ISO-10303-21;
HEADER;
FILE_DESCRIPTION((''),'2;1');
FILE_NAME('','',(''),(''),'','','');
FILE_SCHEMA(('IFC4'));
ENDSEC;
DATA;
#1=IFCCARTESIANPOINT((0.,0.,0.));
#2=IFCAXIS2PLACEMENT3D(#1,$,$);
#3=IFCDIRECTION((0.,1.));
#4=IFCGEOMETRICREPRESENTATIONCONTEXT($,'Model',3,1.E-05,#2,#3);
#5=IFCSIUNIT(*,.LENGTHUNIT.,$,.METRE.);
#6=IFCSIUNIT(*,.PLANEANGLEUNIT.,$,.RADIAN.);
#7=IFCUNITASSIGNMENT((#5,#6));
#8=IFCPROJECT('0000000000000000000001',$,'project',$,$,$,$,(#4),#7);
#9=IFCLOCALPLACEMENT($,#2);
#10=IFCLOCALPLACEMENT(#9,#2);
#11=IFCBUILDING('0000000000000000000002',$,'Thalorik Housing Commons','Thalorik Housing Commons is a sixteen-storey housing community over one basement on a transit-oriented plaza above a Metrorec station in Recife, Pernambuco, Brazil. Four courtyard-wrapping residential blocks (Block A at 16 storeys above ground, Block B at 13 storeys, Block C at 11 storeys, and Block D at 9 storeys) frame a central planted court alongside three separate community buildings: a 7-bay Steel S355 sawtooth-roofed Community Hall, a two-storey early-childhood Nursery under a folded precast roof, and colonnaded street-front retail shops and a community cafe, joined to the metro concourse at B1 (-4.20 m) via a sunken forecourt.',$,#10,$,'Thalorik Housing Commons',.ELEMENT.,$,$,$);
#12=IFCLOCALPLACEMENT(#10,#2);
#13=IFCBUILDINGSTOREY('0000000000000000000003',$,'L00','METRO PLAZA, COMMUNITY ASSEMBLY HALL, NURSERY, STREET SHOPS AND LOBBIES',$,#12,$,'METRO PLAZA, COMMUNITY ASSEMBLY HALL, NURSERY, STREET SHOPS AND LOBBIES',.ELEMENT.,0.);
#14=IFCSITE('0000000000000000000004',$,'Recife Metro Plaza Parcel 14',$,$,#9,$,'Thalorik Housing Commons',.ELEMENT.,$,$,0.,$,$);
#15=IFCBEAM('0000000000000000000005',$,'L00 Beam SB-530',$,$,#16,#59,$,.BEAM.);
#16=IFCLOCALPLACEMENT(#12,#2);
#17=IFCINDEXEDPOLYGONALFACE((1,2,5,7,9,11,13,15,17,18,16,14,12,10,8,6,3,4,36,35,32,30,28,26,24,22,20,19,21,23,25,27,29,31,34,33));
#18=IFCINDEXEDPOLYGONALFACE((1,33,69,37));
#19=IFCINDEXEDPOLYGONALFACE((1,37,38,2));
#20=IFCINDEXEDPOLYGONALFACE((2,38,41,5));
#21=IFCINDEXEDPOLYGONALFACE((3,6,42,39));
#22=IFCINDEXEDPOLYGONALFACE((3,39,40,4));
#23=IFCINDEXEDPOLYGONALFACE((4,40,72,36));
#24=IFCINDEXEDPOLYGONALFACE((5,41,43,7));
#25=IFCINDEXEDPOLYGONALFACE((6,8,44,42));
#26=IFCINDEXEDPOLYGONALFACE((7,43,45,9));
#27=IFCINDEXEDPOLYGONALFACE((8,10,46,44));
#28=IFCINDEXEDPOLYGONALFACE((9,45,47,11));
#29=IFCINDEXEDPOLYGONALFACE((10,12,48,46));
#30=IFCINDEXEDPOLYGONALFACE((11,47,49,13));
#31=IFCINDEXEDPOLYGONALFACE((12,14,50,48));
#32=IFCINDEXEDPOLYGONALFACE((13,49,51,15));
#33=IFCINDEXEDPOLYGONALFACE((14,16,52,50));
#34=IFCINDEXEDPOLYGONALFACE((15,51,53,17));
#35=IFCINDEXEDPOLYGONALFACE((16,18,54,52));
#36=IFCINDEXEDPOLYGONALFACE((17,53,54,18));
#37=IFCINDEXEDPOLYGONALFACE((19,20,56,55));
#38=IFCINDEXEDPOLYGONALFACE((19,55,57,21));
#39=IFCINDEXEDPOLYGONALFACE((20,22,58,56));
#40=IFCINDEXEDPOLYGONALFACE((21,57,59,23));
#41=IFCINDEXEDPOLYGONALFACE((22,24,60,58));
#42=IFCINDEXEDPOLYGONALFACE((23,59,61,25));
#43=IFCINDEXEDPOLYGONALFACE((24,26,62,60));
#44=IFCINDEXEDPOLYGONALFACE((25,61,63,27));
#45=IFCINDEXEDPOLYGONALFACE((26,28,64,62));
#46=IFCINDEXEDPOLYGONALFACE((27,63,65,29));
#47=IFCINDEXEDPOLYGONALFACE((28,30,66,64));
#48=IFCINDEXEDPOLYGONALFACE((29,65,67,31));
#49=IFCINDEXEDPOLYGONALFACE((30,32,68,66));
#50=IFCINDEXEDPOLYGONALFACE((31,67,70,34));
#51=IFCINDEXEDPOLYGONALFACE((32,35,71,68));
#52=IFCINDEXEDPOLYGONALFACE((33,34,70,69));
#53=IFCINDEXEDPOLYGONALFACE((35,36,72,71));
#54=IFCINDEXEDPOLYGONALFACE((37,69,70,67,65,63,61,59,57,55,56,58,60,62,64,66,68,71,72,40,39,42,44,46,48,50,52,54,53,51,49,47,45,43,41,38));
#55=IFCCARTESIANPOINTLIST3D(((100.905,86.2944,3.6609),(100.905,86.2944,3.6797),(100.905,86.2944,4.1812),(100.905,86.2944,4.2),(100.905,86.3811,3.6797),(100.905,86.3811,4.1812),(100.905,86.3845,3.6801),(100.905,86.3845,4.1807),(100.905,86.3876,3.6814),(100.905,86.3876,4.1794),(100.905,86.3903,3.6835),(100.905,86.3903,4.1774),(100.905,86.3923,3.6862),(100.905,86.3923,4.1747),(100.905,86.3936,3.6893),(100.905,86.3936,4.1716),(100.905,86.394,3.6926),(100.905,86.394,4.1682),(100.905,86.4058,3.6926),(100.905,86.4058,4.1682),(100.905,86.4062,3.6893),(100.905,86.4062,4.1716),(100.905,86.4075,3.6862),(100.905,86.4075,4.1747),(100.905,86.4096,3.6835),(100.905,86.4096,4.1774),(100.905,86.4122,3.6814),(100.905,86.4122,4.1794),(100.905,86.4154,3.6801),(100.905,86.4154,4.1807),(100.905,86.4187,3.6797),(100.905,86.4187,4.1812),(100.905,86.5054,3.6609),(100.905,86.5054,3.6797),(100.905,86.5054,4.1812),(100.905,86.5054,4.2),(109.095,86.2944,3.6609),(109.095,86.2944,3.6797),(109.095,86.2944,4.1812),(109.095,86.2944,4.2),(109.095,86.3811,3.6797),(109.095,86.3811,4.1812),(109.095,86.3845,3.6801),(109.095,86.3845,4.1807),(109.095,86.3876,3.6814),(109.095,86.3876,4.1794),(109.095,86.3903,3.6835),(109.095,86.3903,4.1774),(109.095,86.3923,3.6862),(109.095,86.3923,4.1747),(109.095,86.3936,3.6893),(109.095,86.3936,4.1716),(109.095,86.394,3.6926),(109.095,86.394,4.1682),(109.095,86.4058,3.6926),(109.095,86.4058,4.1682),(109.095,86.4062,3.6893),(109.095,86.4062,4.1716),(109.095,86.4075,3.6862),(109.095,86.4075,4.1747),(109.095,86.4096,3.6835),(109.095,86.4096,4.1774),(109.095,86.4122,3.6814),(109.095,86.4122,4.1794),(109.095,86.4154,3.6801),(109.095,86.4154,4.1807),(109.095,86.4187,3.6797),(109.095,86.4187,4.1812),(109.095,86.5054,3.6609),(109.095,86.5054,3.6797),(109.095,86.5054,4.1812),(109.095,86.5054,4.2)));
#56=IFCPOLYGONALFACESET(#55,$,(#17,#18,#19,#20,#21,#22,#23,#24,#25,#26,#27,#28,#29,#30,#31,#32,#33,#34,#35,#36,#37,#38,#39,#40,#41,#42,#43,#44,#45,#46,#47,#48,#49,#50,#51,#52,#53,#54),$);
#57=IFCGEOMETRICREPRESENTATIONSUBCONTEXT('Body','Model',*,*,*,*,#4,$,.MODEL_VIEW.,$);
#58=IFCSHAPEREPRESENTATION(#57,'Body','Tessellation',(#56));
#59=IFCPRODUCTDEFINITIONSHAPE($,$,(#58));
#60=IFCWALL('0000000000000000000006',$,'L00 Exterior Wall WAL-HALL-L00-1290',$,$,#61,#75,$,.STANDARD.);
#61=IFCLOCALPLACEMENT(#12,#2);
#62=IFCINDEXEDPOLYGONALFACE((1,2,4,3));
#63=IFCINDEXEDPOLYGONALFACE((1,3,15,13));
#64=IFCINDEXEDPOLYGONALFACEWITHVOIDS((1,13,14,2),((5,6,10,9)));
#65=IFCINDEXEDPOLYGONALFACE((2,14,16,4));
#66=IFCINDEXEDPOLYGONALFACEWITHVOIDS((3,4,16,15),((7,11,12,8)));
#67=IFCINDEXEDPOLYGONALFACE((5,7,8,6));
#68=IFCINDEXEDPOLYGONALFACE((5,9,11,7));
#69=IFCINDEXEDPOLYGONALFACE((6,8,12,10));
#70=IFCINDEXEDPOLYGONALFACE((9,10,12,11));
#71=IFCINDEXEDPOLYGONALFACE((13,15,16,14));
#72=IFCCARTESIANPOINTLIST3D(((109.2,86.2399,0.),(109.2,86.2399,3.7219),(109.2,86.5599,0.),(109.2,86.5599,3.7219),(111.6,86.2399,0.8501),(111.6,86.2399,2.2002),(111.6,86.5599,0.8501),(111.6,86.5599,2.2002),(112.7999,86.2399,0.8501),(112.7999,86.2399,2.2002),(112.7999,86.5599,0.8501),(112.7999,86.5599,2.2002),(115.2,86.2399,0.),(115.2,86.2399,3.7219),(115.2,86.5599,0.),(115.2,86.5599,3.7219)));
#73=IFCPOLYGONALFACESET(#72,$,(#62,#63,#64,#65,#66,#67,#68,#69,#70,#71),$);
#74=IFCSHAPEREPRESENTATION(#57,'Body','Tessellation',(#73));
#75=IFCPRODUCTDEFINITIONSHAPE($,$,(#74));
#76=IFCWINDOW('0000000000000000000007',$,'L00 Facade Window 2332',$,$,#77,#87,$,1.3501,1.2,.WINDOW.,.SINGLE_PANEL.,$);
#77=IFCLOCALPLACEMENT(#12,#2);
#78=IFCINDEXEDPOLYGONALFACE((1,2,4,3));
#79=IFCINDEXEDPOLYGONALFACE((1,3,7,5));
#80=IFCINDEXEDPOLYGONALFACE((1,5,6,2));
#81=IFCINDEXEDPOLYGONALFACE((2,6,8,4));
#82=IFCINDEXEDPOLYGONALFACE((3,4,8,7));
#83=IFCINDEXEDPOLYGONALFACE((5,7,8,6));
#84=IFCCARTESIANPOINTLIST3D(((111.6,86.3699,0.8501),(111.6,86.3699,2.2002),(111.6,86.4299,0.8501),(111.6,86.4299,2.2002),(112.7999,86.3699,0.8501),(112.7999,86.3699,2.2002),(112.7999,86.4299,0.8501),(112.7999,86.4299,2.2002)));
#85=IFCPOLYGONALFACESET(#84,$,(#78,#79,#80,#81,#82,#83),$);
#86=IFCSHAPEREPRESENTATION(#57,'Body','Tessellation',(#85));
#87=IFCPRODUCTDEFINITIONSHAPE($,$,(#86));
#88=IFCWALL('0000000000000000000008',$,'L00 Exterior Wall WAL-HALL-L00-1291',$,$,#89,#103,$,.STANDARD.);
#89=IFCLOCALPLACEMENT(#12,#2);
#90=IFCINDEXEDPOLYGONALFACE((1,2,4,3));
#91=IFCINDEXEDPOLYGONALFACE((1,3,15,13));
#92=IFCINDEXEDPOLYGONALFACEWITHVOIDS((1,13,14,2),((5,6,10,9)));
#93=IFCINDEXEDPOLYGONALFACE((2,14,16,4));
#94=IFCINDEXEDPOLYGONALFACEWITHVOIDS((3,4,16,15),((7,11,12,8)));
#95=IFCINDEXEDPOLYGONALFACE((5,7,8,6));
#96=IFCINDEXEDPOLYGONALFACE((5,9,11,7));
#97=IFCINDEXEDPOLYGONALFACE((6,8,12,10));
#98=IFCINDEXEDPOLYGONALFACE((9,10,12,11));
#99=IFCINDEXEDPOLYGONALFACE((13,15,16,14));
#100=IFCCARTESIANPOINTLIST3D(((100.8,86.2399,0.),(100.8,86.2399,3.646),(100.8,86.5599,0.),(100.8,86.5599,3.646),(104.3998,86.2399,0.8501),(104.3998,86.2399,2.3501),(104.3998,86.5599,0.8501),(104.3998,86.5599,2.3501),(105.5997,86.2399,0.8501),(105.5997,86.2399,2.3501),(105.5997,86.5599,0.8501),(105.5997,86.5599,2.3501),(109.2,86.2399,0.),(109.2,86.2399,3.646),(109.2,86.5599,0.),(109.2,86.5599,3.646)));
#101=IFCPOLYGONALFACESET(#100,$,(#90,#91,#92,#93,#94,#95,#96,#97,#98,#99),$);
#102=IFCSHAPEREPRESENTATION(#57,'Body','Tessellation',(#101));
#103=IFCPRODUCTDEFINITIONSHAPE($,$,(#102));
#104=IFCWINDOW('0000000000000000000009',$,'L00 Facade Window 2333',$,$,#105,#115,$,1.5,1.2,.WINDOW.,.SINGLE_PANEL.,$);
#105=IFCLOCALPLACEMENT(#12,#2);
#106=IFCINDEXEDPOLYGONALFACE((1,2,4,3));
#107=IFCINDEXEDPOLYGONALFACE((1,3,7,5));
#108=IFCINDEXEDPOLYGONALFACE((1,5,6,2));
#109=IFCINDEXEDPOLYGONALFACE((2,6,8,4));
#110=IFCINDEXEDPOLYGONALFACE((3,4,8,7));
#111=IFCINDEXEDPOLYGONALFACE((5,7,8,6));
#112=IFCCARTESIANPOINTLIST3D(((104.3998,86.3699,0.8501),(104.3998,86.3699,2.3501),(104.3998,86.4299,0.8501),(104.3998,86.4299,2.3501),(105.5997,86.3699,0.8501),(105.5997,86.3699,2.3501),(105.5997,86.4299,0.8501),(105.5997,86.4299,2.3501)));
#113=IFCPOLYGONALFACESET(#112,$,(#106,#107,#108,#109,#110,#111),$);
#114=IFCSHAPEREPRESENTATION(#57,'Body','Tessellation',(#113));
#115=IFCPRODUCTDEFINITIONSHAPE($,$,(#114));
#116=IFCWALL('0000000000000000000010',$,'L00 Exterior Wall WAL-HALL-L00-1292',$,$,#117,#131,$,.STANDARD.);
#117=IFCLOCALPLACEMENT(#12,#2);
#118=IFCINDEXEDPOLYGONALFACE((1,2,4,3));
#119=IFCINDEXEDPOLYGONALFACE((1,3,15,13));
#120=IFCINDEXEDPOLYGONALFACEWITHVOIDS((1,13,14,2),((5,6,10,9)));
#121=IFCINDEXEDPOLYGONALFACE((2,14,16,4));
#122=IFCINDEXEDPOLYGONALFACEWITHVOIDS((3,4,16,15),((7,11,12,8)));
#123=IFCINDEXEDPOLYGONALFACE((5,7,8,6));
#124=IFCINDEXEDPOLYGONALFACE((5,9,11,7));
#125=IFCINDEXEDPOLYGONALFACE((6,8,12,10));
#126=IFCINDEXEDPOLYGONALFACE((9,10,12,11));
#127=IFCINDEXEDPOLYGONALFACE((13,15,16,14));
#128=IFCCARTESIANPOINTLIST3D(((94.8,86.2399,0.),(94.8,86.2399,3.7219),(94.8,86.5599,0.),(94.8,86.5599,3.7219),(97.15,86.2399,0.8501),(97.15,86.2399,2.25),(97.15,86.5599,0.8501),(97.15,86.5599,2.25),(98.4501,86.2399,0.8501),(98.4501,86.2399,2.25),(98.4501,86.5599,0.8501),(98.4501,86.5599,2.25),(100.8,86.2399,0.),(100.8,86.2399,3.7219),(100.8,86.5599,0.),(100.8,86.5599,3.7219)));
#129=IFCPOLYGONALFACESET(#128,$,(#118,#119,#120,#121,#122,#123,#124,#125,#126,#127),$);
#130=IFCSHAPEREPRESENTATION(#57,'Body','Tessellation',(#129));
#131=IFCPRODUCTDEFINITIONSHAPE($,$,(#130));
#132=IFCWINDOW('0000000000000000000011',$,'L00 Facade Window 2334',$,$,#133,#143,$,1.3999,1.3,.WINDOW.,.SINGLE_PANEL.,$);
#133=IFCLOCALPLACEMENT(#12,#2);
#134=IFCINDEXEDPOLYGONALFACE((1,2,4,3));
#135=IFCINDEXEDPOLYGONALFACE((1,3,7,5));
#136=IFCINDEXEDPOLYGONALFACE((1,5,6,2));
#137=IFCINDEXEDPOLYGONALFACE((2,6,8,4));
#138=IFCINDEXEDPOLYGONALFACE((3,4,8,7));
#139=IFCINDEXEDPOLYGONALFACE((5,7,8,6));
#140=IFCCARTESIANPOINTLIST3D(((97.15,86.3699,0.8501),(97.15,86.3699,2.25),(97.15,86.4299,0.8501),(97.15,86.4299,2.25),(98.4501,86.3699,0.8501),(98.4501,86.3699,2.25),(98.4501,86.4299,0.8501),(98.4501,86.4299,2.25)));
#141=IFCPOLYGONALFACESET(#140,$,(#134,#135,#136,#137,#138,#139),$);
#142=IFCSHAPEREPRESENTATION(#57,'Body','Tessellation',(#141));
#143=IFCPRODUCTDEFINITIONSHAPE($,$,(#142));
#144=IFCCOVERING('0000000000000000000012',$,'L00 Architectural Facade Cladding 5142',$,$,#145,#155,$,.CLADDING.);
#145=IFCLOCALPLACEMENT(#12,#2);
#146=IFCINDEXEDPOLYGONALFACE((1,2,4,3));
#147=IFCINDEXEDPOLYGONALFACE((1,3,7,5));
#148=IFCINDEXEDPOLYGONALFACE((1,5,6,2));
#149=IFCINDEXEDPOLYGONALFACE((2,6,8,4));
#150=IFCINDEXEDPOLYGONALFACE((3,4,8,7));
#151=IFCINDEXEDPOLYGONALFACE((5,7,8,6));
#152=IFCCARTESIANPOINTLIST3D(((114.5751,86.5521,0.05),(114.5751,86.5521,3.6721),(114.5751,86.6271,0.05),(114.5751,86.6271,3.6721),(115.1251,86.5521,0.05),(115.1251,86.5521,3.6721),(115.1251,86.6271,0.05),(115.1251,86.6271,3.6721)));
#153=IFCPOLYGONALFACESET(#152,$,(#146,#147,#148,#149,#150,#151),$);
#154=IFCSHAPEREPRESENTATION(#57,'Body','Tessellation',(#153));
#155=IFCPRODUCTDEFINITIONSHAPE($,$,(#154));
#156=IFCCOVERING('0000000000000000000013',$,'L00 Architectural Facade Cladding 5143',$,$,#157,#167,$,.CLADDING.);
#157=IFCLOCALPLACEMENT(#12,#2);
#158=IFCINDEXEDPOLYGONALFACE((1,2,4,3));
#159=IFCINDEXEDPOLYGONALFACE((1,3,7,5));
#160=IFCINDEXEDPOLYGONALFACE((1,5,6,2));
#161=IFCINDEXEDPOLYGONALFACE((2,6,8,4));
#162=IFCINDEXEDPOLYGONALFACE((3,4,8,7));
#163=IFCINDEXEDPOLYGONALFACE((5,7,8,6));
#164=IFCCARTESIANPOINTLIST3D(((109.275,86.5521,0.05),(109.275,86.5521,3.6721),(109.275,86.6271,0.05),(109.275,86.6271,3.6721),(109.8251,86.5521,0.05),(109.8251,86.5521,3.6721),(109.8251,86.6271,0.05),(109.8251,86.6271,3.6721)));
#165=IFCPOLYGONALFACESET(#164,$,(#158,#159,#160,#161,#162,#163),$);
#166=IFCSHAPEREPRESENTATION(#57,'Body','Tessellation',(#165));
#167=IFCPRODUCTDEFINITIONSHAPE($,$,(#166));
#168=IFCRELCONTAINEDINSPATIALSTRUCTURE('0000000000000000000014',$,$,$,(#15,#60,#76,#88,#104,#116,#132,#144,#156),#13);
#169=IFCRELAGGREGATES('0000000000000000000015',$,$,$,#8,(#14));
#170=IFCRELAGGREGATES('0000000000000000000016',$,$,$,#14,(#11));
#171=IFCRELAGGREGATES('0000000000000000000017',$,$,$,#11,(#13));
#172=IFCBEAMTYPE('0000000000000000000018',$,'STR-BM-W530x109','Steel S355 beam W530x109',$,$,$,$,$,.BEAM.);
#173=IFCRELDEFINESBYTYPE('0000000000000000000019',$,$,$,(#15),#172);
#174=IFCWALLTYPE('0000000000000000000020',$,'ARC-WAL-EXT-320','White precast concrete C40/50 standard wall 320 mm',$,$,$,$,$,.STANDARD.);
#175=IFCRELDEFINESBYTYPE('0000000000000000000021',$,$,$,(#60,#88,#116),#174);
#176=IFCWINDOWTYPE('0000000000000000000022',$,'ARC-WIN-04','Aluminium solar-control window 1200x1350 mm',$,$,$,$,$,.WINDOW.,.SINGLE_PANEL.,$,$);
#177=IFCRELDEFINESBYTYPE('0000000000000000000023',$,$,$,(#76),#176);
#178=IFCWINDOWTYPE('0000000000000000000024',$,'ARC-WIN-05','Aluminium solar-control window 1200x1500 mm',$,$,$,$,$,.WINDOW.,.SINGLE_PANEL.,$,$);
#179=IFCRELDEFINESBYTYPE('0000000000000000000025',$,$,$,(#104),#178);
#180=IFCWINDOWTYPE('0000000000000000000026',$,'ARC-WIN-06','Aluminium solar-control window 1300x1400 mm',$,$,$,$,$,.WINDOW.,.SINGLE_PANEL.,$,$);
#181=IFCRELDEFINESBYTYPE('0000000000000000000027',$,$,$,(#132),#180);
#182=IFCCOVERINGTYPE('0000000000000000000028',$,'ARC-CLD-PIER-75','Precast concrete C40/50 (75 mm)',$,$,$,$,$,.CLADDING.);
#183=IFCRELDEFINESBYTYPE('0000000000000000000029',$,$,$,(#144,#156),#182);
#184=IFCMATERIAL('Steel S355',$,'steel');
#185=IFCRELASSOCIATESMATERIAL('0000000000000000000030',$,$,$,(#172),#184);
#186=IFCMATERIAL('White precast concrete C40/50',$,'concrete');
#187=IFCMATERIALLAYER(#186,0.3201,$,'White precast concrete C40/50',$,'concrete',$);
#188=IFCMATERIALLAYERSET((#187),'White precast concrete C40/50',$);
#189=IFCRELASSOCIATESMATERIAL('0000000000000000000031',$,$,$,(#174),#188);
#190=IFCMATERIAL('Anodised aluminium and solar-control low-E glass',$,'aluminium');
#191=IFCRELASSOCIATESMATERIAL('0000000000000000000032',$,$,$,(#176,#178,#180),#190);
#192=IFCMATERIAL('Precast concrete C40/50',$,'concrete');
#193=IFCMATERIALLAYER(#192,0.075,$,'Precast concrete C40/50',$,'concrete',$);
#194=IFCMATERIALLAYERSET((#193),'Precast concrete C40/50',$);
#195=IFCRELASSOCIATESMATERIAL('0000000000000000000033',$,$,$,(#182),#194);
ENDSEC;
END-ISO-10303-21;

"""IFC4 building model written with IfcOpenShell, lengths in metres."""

from ifc_helpers import new_model, si_unit, direction, frame, frame_2d, origin, origin_2d, place, context, subcontext, project, spatial, rectangle, i_section, extrude, material, layer, layer_set, material_profile, profile_set, type_object, element, fill, save


model = new_model("IFC4")

# Units and contexts
model_context = context("Model", 3, precision=1e-05, world=origin(), true_north=direction((0.0, 1.0)))
body_context = subcontext(model_context, "Body", "Model", "MODEL_VIEW")
ifc_project = project(units=[si_unit("LENGTHUNIT", "METRE"), si_unit("PLANEANGLEUNIT", "RADIAN")], contexts=[model_context])

# Site, building, storey
site_placement = place(None, origin())
site = spatial("IfcSite", under=ifc_project, at=site_placement, Name="Recife Metro Plaza Parcel 14", LongName="Thalorik Housing Commons", CompositionType="ELEMENT", RefElevation=0.0)
building_placement = place(site_placement, origin())
building = spatial("IfcBuilding", under=site, at=building_placement, Name="Thalorik Housing Commons", Description="Thalorik Housing Commons is a sixteen-storey housing community over one basement on a transit-oriented plaza above a Metrorec station in Recife, Pernambuco, Brazil. Four courtyard-wrapping residential blocks (Block A at 16 storeys above ground, Block B at 13 storeys, Block C at 11 storeys, and Block D at 9 storeys) frame a central planted court alongside three separate community buildings: a 7-bay Steel S355 sawtooth-roofed Community Hall, a two-storey early-childhood Nursery under a folded precast roof, and colonnaded street-front retail shops and a community cafe, joined to the metro concourse at B1 (-4.20 m) via a sunken forecourt.", LongName="Thalorik Housing Commons", CompositionType="ELEMENT")
storey_placement = place(building_placement, origin())
storey = spatial("IfcBuildingStorey", under=building, at=storey_placement, Name="L00", Description="METRO PLAZA, COMMUNITY ASSEMBLY HALL, NURSERY, STREET SHOPS AND LOBBIES", LongName="METRO PLAZA, COMMUNITY ASSEMBLY HALL, NURSERY, STREET SHOPS AND LOBBIES", CompositionType="ELEMENT", Elevation=0.0)

# Shared definitions
ifc_material_1 = material(Name="Steel S355", Category="steel")

# Beam
ifc_material_profile_1 = material_profile(ifc_material_1, i_section(OverallWidth=0.2109, OverallDepth=0.5391, WebThickness=0.0117, FlangeThickness=0.0188, FilletRadius=0.0129, at=origin_2d()), Name="W530x109", Category="steel")
ifc_profile_set_1 = profile_set([ifc_material_profile_1], Name="Steel S355")
beam_type_1 = type_object("IfcBeamType", Name="STR-BM-W530x109", Description="Steel S355 beam W530x109", PredefinedType="BEAM", material=ifc_profile_set_1)
beam_1_placement = place(storey_placement, frame((100.905, 86.3999, 3.9304), z_axis=(1.0, 0.0, 0.0), x_axis=(0.0, 1.0, 0.0)))
element("IfcBeam", 1, at=beam_1_placement, inside=storey, type_object=beam_type_1, Name="L00 Beam SB-530", PredefinedType="BEAM", context=body_context, shape_type="SweptSolid", body=[
    extrude(i_section(OverallWidth=0.2109, OverallDepth=0.5391, WebThickness=0.0117, FlangeThickness=0.0188, FilletRadius=0.0129, at=origin_2d()), origin(), (0.0, 0.0, 1.0), 8.1899),
])

# Walls, openings, windows
ifc_material_2 = material(Name="White precast concrete C40/50", Category="concrete")
ifc_layer_1 = layer(ifc_material_2, 0.3201, Name="White precast concrete C40/50", Category="concrete")
ifc_layer_set_1 = layer_set([ifc_layer_1], Name="White precast concrete C40/50")
wall_type = type_object("IfcWallType", Name="ARC-WAL-EXT-320", Description="White precast concrete C40/50 standard wall 320 mm", PredefinedType="STANDARD", material=ifc_layer_set_1)
wall_1_placement = place(storey_placement, frame((115.2, 86.3999, 0.0), z_axis=(0.0, 0.0, 1.0), x_axis=(-1.0, 0.0, 0.0)))
wall_1 = element("IfcWall", 2, at=wall_1_placement, inside=storey, type_object=wall_type, Name="L00 Exterior Wall WAL-HALL-L00-1290", PredefinedType="STANDARD", context=body_context, shape_type="SweptSolid", body=[
    extrude(rectangle(XDim=6.0, YDim=0.3201, at=frame_2d((3.0, 0.0))), origin(), (0.0, 0.0, 1.0), 3.7219),
])
opening_1_placement = place(wall_1_placement, frame((2.3999, 0.0, 0.8501)))
opening_1 = element("IfcOpeningElement", 3, at=opening_1_placement, cuts=wall_1, PredefinedType="OPENING", context=body_context, shape_type="SweptSolid", body=[
    extrude(rectangle(XDim=1.2, YDim=1.3501, at=frame_2d((0.6001, 0.675))), frame((0.0, 0.1699, 0.0), z_axis=(0.0, -1.0, 0.0), x_axis=(1.0, 0.0, 0.0)), (0.0, 0.0, 1.0), 0.3401),
])
ifc_material_3 = material(Name="Anodised aluminium and solar-control low-E glass", Category="aluminium")
window_type_1 = type_object("IfcWindowType", Name="ARC-WIN-04", Description="Aluminium solar-control window 1200x1350 mm", PartitioningType="SINGLE_PANEL", PredefinedType="WINDOW", material=ifc_material_3)
window_1_placement = place(opening_1_placement, origin())
window_1 = element("IfcWindow", 4, at=window_1_placement, inside=storey, type_object=window_type_1, Name="L00 Facade Window 2332", OverallHeight=1.3501, OverallWidth=1.2, PartitioningType="SINGLE_PANEL", PredefinedType="WINDOW", context=body_context, shape_type="SweptSolid", body=[
    extrude(rectangle(XDim=1.2, YDim=1.3501, at=frame_2d((0.6001, 0.675))), frame((0.0, 0.03, 0.0), z_axis=(0.0, -1.0, 0.0), x_axis=(1.0, 0.0, 0.0)), (0.0, 0.0, 1.0), 0.0601),
])
fill(opening_1, window_1)
wall_2_placement = place(storey_placement, frame((109.2, 86.3999, 0.0), z_axis=(0.0, 0.0, 1.0), x_axis=(-1.0, 0.0, 0.0)))
wall_2 = element("IfcWall", 5, at=wall_2_placement, inside=storey, type_object=wall_type, Name="L00 Exterior Wall WAL-HALL-L00-1291", PredefinedType="STANDARD", context=body_context, shape_type="SweptSolid", body=[
    extrude(rectangle(XDim=8.3999, YDim=0.3201, at=frame_2d((4.2, 0.0))), origin(), (0.0, 0.0, 1.0), 3.646),
])
opening_2_placement = place(wall_2_placement, frame((3.6001, 0.0, 0.8501)))
opening_2 = element("IfcOpeningElement", 6, at=opening_2_placement, cuts=wall_2, PredefinedType="OPENING", context=body_context, shape_type="SweptSolid", body=[
    extrude(rectangle(XDim=1.2, YDim=1.5, at=frame_2d((0.6001, 0.75))), frame((0.0, 0.1699, 0.0), z_axis=(0.0, -1.0, 0.0), x_axis=(1.0, 0.0, 0.0)), (0.0, 0.0, 1.0), 0.3401),
])
window_type_2 = type_object("IfcWindowType", Name="ARC-WIN-05", Description="Aluminium solar-control window 1200x1500 mm", PartitioningType="SINGLE_PANEL", PredefinedType="WINDOW", material=ifc_material_3)
window_2_placement = place(opening_2_placement, origin())
window_2 = element("IfcWindow", 7, at=window_2_placement, inside=storey, type_object=window_type_2, Name="L00 Facade Window 2333", OverallHeight=1.5, OverallWidth=1.2, PartitioningType="SINGLE_PANEL", PredefinedType="WINDOW", context=body_context, shape_type="SweptSolid", body=[
    extrude(rectangle(XDim=1.2, YDim=1.5, at=frame_2d((0.6001, 0.75))), frame((0.0, 0.03, 0.0), z_axis=(0.0, -1.0, 0.0), x_axis=(1.0, 0.0, 0.0)), (0.0, 0.0, 1.0), 0.0601),
])
fill(opening_2, window_2)
wall_3_placement = place(storey_placement, frame((100.8, 86.3999, 0.0), z_axis=(0.0, 0.0, 1.0), x_axis=(-1.0, 0.0, 0.0)))
wall_3 = element("IfcWall", 8, at=wall_3_placement, inside=storey, type_object=wall_type, Name="L00 Exterior Wall WAL-HALL-L00-1292", PredefinedType="STANDARD", context=body_context, shape_type="SweptSolid", body=[
    extrude(rectangle(XDim=6.0, YDim=0.3201, at=frame_2d((3.0, 0.0))), origin(), (0.0, 0.0, 1.0), 3.7219),
])
opening_3_placement = place(wall_3_placement, frame((2.3501, 0.0, 0.8501)))
opening_3 = element("IfcOpeningElement", 9, at=opening_3_placement, cuts=wall_3, PredefinedType="OPENING", context=body_context, shape_type="SweptSolid", body=[
    extrude(rectangle(XDim=1.3, YDim=1.3999, at=frame_2d((0.6499, 0.7))), frame((0.0, 0.1699, 0.0), z_axis=(0.0, -1.0, 0.0), x_axis=(1.0, 0.0, 0.0)), (0.0, 0.0, 1.0), 0.3401),
])
window_type_3 = type_object("IfcWindowType", Name="ARC-WIN-06", Description="Aluminium solar-control window 1300x1400 mm", PartitioningType="SINGLE_PANEL", PredefinedType="WINDOW", material=ifc_material_3)
window_3_placement = place(opening_3_placement, origin())
window_3 = element("IfcWindow", 10, at=window_3_placement, inside=storey, type_object=window_type_3, Name="L00 Facade Window 2334", OverallHeight=1.3999, OverallWidth=1.3, PartitioningType="SINGLE_PANEL", PredefinedType="WINDOW", context=body_context, shape_type="SweptSolid", body=[
    extrude(rectangle(XDim=1.3, YDim=1.3999, at=frame_2d((0.6499, 0.7))), frame((0.0, 0.03, 0.0), z_axis=(0.0, -1.0, 0.0), x_axis=(1.0, 0.0, 0.0)), (0.0, 0.0, 1.0), 0.0601),
])
fill(opening_3, window_3)

# Coverings
ifc_material_4 = material(Name="Precast concrete C40/50", Category="concrete")
ifc_layer_2 = layer(ifc_material_4, 0.075, Name="Precast concrete C40/50", Category="concrete")
ifc_layer_set_2 = layer_set([ifc_layer_2], Name="Precast concrete C40/50")
covering_type_1 = type_object("IfcCoveringType", Name="ARC-CLD-PIER-75", Description="Precast concrete C40/50 (75 mm)", PredefinedType="CLADDING", material=ifc_layer_set_2)
for number, where, z_axis, x_axis, name in (
    (11, (114.8501, 86.5896, 0.05), (0.0, 0.0, 1.0), (-1.0, 0.0, 0.0), "L00 Architectural Facade Cladding 5142"),
    (12, (109.55, 86.5896, 0.05), (0.0, 0.0, 1.0), (-1.0, 0.0, 0.0), "L00 Architectural Facade Cladding 5143"),
):
    element("IfcCovering", number, at=place(storey_placement, frame(where, z_axis=z_axis, x_axis=x_axis)), inside=storey, type_object=covering_type_1, Name=name, PredefinedType="CLADDING", context=body_context, shape_type="SweptSolid", body=[
        extrude(rectangle(XDim=0.55, YDim=0.075, at=origin_2d()), origin(), (0.0, 0.0, 1.0), 3.6221),
    ])

save(model, "model.ifc")
